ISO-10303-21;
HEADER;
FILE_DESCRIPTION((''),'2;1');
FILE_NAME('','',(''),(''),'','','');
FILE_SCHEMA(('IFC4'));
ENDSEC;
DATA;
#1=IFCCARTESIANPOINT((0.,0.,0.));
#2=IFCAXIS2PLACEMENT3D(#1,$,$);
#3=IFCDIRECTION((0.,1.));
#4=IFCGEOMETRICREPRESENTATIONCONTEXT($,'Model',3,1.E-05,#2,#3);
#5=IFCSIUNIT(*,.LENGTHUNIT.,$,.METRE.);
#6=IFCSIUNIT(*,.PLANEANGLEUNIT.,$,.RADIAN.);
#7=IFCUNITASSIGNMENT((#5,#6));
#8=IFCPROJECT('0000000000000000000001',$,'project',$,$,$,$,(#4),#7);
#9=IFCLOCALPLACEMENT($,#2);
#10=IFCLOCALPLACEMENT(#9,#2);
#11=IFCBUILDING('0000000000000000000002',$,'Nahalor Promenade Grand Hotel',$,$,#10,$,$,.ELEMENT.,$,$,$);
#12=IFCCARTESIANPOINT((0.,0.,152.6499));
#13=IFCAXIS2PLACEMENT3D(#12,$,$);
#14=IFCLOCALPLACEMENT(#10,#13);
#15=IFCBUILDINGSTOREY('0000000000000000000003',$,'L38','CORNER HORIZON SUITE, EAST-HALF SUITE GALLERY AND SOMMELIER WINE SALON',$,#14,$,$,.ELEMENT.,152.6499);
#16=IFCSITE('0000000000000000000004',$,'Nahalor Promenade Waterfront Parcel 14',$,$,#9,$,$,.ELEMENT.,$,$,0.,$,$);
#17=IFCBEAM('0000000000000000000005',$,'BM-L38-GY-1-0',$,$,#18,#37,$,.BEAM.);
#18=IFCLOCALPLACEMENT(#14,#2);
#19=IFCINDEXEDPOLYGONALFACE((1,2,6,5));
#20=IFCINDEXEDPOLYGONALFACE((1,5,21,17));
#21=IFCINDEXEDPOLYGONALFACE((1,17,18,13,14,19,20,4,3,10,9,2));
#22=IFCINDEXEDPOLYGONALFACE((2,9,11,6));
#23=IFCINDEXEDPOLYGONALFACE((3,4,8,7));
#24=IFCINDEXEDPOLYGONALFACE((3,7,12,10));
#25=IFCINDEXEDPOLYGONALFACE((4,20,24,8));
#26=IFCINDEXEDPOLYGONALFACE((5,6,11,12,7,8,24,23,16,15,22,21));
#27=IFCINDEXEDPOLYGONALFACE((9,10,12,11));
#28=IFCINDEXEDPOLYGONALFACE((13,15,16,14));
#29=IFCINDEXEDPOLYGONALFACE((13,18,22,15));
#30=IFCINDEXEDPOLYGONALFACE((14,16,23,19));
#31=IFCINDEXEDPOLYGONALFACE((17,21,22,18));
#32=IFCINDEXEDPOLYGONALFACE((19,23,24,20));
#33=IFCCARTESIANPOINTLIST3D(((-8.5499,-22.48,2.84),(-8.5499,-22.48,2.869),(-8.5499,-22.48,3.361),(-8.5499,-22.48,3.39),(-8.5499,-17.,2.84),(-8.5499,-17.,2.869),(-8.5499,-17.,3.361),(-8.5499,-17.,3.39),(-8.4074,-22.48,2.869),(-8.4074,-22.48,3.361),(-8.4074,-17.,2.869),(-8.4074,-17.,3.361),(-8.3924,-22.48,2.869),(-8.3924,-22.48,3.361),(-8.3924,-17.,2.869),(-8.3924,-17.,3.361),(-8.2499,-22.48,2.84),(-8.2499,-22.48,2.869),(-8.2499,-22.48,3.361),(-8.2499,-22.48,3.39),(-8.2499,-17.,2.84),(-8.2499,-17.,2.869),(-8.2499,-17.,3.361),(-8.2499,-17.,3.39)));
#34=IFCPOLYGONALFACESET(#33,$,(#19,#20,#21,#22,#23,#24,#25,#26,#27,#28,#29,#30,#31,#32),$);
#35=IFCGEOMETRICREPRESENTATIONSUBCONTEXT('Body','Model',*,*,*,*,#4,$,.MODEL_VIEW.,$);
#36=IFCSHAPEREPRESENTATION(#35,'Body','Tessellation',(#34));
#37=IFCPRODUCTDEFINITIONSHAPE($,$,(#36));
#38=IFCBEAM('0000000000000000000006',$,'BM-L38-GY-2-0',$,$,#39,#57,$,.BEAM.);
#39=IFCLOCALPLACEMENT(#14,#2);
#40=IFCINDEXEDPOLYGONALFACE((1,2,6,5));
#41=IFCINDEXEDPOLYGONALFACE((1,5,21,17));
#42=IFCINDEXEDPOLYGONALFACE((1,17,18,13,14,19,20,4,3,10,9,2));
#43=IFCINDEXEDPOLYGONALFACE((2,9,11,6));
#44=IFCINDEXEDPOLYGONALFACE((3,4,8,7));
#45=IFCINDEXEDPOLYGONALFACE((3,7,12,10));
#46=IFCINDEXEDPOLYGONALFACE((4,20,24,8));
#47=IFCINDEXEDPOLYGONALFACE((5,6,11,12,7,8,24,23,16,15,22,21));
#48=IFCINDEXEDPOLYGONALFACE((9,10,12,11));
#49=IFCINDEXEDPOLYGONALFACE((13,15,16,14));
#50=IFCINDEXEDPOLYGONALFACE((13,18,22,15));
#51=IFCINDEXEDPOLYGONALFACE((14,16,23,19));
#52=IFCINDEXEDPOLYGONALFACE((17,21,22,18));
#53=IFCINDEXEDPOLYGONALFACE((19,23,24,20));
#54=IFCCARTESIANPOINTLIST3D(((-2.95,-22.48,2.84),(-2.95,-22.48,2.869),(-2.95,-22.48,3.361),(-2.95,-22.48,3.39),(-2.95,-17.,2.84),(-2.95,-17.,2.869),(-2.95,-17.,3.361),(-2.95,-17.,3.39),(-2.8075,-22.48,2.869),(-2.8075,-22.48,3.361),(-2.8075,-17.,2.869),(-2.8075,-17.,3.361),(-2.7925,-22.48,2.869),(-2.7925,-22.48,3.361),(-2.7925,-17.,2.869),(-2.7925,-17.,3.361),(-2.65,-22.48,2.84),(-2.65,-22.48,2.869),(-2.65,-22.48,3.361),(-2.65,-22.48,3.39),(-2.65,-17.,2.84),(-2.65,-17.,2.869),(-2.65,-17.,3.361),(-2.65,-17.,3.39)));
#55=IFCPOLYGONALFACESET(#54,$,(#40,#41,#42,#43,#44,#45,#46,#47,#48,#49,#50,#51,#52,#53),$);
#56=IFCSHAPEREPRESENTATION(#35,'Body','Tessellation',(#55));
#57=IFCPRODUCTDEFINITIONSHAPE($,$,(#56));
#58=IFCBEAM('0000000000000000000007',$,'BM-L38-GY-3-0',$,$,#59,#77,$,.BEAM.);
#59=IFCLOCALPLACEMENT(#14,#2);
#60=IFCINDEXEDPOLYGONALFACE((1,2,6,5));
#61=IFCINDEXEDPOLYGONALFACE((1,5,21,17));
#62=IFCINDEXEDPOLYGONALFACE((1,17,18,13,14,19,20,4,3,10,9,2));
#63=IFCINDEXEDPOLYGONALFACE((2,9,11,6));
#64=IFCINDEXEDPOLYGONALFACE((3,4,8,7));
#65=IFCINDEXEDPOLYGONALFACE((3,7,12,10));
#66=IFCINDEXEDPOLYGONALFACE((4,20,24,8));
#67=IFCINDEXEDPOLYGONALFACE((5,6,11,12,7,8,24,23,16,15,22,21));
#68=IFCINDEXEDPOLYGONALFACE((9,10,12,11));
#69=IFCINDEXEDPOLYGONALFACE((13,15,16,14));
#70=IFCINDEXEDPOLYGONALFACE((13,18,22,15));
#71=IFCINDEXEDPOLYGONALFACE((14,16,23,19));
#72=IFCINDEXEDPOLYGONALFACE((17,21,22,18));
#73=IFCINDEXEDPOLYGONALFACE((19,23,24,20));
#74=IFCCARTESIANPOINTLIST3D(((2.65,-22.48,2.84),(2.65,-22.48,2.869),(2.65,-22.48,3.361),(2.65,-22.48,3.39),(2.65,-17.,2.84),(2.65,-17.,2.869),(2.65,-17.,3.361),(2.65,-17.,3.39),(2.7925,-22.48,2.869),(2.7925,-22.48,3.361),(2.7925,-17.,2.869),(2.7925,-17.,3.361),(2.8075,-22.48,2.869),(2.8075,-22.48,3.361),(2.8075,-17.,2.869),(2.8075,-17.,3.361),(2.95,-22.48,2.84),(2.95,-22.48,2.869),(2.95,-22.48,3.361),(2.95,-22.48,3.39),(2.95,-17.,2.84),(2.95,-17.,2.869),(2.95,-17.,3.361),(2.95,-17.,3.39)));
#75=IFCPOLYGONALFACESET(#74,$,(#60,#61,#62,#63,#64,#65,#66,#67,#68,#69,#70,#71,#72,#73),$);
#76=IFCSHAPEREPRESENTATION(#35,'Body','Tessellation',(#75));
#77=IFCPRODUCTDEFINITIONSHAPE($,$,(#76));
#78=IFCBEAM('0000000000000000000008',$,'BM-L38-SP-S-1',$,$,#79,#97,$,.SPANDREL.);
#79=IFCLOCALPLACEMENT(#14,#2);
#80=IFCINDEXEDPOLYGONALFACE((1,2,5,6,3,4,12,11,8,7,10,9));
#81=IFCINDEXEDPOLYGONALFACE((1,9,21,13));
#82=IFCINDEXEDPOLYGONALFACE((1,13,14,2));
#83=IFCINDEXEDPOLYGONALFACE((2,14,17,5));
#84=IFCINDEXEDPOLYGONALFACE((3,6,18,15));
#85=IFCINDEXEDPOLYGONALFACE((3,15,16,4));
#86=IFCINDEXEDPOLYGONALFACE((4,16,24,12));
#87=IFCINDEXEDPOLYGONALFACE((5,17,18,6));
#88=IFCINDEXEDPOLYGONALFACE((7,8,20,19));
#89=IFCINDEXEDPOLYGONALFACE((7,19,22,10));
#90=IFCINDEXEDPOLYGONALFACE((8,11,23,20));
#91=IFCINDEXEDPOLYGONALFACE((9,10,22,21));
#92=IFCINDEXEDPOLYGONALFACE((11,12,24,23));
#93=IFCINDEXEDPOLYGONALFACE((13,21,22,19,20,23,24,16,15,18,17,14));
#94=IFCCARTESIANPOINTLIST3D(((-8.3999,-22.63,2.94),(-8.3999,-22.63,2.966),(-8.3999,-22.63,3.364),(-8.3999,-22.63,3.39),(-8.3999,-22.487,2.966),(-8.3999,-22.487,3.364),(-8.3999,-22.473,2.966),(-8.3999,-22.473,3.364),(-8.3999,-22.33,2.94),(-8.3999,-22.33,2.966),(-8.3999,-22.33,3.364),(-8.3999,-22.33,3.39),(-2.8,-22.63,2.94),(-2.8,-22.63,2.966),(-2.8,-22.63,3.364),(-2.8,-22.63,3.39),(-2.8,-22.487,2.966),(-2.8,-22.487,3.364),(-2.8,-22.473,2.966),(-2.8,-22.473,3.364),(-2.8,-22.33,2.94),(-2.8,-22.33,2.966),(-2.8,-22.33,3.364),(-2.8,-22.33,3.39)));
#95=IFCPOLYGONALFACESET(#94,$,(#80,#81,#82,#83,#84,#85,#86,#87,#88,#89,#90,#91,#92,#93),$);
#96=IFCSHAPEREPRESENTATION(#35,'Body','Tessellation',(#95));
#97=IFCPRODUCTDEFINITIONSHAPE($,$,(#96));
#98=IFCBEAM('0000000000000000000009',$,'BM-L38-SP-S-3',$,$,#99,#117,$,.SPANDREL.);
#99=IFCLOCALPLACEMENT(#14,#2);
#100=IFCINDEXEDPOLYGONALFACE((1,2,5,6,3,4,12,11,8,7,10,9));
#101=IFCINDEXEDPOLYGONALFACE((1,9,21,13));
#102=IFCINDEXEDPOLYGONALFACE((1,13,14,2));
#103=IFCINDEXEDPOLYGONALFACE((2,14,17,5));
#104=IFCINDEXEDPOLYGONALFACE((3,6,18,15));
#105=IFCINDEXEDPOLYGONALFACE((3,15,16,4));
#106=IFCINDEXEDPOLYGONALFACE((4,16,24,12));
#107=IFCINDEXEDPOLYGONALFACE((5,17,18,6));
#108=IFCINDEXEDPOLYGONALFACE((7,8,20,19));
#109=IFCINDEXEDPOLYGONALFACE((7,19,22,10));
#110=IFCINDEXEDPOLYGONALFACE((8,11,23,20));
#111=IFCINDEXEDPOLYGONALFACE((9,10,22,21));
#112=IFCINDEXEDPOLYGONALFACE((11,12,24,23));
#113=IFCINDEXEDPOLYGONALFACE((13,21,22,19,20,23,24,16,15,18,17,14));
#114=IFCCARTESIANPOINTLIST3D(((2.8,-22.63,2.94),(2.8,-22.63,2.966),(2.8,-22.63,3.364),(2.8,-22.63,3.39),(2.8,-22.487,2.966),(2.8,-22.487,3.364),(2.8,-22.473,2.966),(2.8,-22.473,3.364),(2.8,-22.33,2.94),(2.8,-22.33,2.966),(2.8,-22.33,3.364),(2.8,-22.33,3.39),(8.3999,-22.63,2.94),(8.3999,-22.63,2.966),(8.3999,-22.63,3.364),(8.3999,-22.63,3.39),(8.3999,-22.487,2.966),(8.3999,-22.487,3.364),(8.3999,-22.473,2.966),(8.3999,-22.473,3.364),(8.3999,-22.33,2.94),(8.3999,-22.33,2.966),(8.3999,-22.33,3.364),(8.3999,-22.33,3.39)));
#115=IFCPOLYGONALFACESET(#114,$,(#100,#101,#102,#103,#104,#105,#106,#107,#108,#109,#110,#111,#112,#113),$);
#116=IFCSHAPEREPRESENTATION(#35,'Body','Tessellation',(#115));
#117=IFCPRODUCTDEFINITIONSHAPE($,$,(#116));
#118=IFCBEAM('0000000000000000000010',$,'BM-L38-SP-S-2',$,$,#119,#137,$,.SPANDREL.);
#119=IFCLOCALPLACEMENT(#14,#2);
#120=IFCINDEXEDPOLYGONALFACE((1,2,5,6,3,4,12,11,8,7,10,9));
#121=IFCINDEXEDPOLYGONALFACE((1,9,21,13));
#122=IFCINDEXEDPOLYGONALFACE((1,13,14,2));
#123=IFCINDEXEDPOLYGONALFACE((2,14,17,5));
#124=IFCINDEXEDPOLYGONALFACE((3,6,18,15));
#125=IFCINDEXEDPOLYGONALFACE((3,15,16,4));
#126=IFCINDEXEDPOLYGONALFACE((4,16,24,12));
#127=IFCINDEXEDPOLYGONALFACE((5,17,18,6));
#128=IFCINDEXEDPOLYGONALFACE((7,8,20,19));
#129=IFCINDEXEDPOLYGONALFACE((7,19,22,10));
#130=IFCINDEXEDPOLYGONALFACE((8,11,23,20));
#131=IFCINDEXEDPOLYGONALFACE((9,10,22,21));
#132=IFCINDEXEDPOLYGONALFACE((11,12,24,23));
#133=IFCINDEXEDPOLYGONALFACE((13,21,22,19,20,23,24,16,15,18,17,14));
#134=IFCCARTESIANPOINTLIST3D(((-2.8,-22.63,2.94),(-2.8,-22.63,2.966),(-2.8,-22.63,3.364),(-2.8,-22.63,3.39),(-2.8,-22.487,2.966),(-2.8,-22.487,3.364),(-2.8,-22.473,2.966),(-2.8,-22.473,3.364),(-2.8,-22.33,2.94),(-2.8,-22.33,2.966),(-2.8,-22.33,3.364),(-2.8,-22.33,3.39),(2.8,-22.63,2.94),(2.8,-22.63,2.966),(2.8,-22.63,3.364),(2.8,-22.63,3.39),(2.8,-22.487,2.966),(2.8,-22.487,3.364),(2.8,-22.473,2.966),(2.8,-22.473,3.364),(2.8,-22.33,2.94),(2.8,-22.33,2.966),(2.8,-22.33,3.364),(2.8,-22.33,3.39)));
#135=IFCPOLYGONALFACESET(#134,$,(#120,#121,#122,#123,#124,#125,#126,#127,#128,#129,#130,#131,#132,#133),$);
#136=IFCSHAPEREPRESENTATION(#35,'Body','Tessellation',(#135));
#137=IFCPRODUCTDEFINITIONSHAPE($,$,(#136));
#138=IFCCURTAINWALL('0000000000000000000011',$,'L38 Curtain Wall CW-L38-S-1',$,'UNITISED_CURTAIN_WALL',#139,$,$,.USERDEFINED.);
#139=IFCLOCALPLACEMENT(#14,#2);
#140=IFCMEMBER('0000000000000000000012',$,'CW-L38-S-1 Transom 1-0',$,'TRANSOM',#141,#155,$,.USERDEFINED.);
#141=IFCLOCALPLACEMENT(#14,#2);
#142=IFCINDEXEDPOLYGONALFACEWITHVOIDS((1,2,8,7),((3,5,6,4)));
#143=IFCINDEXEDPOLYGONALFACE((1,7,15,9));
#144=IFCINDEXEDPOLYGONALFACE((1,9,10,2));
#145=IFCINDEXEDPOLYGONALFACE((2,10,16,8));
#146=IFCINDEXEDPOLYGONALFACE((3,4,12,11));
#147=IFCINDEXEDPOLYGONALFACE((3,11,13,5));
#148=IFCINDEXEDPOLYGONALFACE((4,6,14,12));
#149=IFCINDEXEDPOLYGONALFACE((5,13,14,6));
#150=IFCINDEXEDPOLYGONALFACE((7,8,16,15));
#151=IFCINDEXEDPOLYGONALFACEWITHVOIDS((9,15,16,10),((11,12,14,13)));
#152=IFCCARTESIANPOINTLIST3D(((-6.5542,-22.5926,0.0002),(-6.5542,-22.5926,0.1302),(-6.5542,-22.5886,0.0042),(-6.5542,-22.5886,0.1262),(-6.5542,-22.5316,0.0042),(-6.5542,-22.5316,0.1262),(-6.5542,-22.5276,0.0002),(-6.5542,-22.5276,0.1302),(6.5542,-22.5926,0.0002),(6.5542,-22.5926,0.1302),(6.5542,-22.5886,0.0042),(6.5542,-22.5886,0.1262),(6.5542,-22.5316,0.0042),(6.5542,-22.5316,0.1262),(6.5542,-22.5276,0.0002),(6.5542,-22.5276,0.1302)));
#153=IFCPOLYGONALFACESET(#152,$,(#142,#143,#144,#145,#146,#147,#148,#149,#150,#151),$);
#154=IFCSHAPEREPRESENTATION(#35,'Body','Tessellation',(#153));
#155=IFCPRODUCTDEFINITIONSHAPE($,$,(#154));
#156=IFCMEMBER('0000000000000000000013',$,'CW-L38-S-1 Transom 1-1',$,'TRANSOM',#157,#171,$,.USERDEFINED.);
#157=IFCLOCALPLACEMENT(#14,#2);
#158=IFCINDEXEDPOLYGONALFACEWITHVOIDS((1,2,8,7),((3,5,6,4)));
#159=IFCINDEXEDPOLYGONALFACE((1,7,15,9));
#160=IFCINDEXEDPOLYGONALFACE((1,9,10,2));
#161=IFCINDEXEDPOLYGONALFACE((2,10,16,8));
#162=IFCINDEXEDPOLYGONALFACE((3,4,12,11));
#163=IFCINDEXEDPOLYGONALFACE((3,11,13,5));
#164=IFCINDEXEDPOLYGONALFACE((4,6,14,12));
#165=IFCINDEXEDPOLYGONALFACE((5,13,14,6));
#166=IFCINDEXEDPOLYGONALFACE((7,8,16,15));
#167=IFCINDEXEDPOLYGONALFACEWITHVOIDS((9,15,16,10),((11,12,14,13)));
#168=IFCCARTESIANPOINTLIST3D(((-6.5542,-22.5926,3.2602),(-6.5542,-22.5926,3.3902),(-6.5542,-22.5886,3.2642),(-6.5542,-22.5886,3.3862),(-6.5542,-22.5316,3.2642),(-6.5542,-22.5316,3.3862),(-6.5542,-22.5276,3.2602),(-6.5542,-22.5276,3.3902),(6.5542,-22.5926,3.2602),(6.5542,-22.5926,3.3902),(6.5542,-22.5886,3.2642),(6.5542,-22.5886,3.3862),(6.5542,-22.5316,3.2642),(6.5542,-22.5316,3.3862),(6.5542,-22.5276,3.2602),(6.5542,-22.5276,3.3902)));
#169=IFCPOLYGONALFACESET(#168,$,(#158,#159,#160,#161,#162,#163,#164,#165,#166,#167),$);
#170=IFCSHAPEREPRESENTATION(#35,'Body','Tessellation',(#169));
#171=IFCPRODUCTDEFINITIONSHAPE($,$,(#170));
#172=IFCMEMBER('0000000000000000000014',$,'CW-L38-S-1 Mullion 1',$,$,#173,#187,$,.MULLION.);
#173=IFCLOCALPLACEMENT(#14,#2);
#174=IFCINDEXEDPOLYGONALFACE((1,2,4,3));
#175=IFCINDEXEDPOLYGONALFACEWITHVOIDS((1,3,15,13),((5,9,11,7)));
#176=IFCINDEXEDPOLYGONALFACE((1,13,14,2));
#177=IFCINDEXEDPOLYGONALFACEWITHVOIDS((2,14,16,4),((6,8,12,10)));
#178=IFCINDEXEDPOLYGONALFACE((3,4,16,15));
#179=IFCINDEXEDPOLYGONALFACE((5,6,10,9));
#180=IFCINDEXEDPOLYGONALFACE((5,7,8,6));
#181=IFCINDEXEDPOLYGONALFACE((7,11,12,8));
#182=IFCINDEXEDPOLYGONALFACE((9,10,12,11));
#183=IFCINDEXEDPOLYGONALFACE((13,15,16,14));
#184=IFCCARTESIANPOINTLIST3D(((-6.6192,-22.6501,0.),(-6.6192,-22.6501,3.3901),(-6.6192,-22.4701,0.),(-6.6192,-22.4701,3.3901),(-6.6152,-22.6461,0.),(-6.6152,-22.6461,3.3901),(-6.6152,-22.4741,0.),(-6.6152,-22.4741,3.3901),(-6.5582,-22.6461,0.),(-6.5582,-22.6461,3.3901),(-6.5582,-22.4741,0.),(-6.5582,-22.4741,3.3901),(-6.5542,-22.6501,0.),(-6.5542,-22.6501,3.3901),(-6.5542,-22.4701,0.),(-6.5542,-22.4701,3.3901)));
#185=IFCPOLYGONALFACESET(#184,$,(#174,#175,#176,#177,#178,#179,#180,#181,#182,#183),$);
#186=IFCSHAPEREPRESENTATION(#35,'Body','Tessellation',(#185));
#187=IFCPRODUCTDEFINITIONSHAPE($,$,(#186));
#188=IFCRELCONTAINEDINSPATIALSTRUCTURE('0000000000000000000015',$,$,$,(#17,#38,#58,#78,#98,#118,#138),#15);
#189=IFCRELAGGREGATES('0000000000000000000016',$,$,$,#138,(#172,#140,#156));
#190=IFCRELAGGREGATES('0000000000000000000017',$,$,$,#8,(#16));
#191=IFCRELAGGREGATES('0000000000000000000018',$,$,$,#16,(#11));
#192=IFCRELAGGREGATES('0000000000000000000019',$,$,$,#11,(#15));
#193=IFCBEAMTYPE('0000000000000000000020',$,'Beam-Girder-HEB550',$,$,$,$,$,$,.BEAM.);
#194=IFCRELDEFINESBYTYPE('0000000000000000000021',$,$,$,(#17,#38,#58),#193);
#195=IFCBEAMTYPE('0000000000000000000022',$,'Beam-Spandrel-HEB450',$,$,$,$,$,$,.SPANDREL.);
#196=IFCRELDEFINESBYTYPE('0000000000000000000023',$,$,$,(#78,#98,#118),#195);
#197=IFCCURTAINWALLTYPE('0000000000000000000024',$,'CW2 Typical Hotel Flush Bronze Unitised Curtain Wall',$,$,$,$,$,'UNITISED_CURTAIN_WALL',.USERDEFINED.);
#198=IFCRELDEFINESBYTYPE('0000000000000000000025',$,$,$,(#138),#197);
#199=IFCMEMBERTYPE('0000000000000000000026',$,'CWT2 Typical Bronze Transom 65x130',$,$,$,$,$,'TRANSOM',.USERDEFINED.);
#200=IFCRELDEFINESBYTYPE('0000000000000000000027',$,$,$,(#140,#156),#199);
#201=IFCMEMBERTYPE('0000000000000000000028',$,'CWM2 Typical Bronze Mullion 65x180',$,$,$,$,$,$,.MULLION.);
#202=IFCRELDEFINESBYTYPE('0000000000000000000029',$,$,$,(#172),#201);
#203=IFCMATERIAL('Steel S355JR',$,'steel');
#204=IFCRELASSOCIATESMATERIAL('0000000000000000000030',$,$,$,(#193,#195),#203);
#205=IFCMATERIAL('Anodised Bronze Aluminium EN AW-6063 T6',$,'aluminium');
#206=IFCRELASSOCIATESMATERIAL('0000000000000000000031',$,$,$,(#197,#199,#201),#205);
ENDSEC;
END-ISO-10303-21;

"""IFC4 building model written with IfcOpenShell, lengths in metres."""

from ifc_helpers import new_model, si_unit, direction, frame, origin, origin_2d, place, context, subcontext, project, spatial, hollow_rectangle, i_section, extrude, source, transform, mapped, material, material_profile, profile_set, type_object, element, aggregate, save


model = new_model("IFC4")

# Units and contexts
model_context = context("Model", 3, precision=1e-05, world=origin(), true_north=direction((0.0, 1.0)))
body_context = subcontext(model_context, "Body", "Model", "MODEL_VIEW")
ifc_project = project(units=[si_unit("LENGTHUNIT", "METRE"), si_unit("PLANEANGLEUNIT", "RADIAN")], contexts=[model_context])

# Site, building, storey
site_placement = place(None, origin())
site = spatial("IfcSite", under=ifc_project, at=site_placement, Name="Nahalor Promenade Waterfront Parcel 14", CompositionType="ELEMENT", RefElevation=0.0)
building_placement = place(site_placement, origin())
building = spatial("IfcBuilding", under=site, at=building_placement, Name="Nahalor Promenade Grand Hotel", CompositionType="ELEMENT")
storey_placement = place(building_placement, frame((0.0, 0.0, 152.6499)))
storey = spatial("IfcBuildingStorey", under=building, at=storey_placement, Name="L38", Description="CORNER HORIZON SUITE, EAST-HALF SUITE GALLERY AND SOMMELIER WINE SALON", CompositionType="ELEMENT", Elevation=152.6499)

# Beams
ifc_material_1 = material(Name="Steel S355JR", Category="steel")
ifc_material_profile_1 = material_profile(ifc_material_1, i_section(OverallWidth=0.3, OverallDepth=0.55, WebThickness=0.015, FlangeThickness=0.029, at=origin_2d()), Name="HEB 550")
ifc_profile_set_1 = profile_set([ifc_material_profile_1], Name="Steel S355JR")
beam_type_1 = type_object("IfcBeamType", Name="Beam-Girder-HEB550", PredefinedType="BEAM", material=ifc_profile_set_1)
shared_shape_1 = source(origin(), body_context, "Body", "SweptSolid", [
    extrude(i_section(OverallWidth=0.3, OverallDepth=0.55, WebThickness=0.015, FlangeThickness=0.029, at=origin_2d()), origin(), (0.0, 0.0, 1.0), 5.48),
])
for number, where, z_axis, x_axis, name in (
    (1, (-8.3999, -22.48, 3.115), (0.0, 1.0, 0.0), (-1.0, 0.0, 0.0), "BM-L38-GY-1-0"),
    (2, (-2.8, -22.48, 3.115), (0.0, 1.0, 0.0), (-1.0, 0.0, 0.0), "BM-L38-GY-2-0"),
    (3, (2.8, -22.48, 3.115), (0.0, 1.0, 0.0), (-1.0, 0.0, 0.0), "BM-L38-GY-3-0"),
):
    element("IfcBeam", number, at=place(storey_placement, frame(where, z_axis=z_axis, x_axis=x_axis)), inside=storey, type_object=beam_type_1, Name=name, PredefinedType="BEAM", context=body_context, shape_type="MappedRepresentation", body=[
        mapped(shared_shape_1, transform((0.0, 0.0, 0.0), scale=1.0)),
    ])
ifc_material_profile_2 = material_profile(ifc_material_1, i_section(OverallWidth=0.3, OverallDepth=0.45, WebThickness=0.014, FlangeThickness=0.026, at=origin_2d()), Name="HEB 450")
ifc_profile_set_2 = profile_set([ifc_material_profile_2], Name="Steel S355JR")
beam_type_2 = type_object("IfcBeamType", Name="Beam-Spandrel-HEB450", PredefinedType="SPANDREL", material=ifc_profile_set_2)
shared_shape_2 = source(origin(), body_context, "Body", "SweptSolid", [
    extrude(i_section(OverallWidth=0.3, OverallDepth=0.45, WebThickness=0.014, FlangeThickness=0.026, at=origin_2d()), origin(), (0.0, 0.0, 1.0), 5.5999),
])
for number, where, z_axis, x_axis, name in (
    (4, (-8.3999, -22.48, 3.165), (1.0, 0.0, 0.0), (0.0, 1.0, 0.0), "BM-L38-SP-S-1"),
    (5, (2.8, -22.48, 3.165), (1.0, 0.0, 0.0), (0.0, 1.0, 0.0), "BM-L38-SP-S-3"),
):
    element("IfcBeam", number, at=place(storey_placement, frame(where, z_axis=z_axis, x_axis=x_axis)), inside=storey, type_object=beam_type_2, Name=name, PredefinedType="SPANDREL", context=body_context, shape_type="MappedRepresentation", body=[
        mapped(shared_shape_2, transform((0.0, 0.0, 0.0), scale=1.0)),
    ])
shared_shape_3 = source(origin(), body_context, "Body", "SweptSolid", [
    extrude(i_section(OverallWidth=0.3, OverallDepth=0.45, WebThickness=0.014, FlangeThickness=0.026, at=origin_2d()), origin(), (0.0, 0.0, 1.0), 5.6001),
])
beam_1_placement = place(storey_placement, frame((-2.8, -22.48, 3.165), z_axis=(1.0, 0.0, 0.0), x_axis=(0.0, 1.0, 0.0)))
element("IfcBeam", 6, at=beam_1_placement, inside=storey, type_object=beam_type_2, Name="BM-L38-SP-S-2", PredefinedType="SPANDREL", context=body_context, shape_type="MappedRepresentation", body=[
    mapped(shared_shape_3, transform((0.0, 0.0, 0.0), scale=1.0)),
])

# Curtain wall, members
ifc_material_2 = material(Name="Anodised Bronze Aluminium EN AW-6063 T6", Category="aluminium")
curtain_wall_type = type_object("IfcCurtainWallType", Name="CW2 Typical Hotel Flush Bronze Unitised Curtain Wall", ElementType="UNITISED_CURTAIN_WALL", PredefinedType="USERDEFINED", material=ifc_material_2)
curtain_wall_placement = place(storey_placement, origin())
curtain_wall = element("IfcCurtainWall", 7, at=curtain_wall_placement, inside=storey, type_object=curtain_wall_type, Name="L38 Curtain Wall CW-L38-S-1", ObjectType="UNITISED_CURTAIN_WALL", PredefinedType="USERDEFINED")
ifc_material_profile_3 = material_profile(ifc_material_2, hollow_rectangle(XDim=0.065, YDim=0.13, WallThickness=0.004, at=origin_2d()), Name="CWT 65x130x4")
ifc_profile_set_3 = profile_set([ifc_material_profile_3], Name="Anodised Bronze Aluminium EN AW-6063 T6")
member_type_1 = type_object("IfcMemberType", Name="CWT2 Typical Bronze Transom 65x130", ElementType="TRANSOM", PredefinedType="USERDEFINED", material=ifc_profile_set_3)
shared_shape_4 = source(origin(), body_context, "Body", "SweptSolid", [
    extrude(hollow_rectangle(XDim=0.065, YDim=0.13, WallThickness=0.004, at=origin_2d()), origin(), (0.0, 0.0, 1.0), 13.1084),
])
member_1_placement = place(storey_placement, frame((-6.5542, -22.5601, 0.0652), z_axis=(1.0, 0.0, 0.0), x_axis=(0.0, 1.0, 0.0)))
member_1 = element("IfcMember", 8, at=member_1_placement, type_object=member_type_1, Name="CW-L38-S-1 Transom 1-0", ObjectType="TRANSOM", PredefinedType="USERDEFINED", context=body_context, shape_type="MappedRepresentation", body=[
    mapped(shared_shape_4, transform((0.0, 0.0, 0.0), scale=1.0)),
])
member_2_placement = place(storey_placement, frame((-6.5542, -22.5601, 3.3252), z_axis=(1.0, 0.0, 0.0), x_axis=(0.0, 1.0, 0.0)))
member_2 = element("IfcMember", 9, at=member_2_placement, type_object=member_type_1, Name="CW-L38-S-1 Transom 1-1", ObjectType="TRANSOM", PredefinedType="USERDEFINED", context=body_context, shape_type="MappedRepresentation", body=[
    mapped(shared_shape_4, transform((0.0, 0.0, 0.0), scale=1.0)),
])
ifc_material_profile_4 = material_profile(ifc_material_2, hollow_rectangle(XDim=0.065, YDim=0.18, WallThickness=0.004, at=origin_2d()), Name="CWM 65x180x4")
ifc_profile_set_4 = profile_set([ifc_material_profile_4], Name="Anodised Bronze Aluminium EN AW-6063 T6")
member_type_2 = type_object("IfcMemberType", Name="CWM2 Typical Bronze Mullion 65x180", PredefinedType="MULLION", material=ifc_profile_set_4)
shared_shape_5 = source(origin(), body_context, "Body", "SweptSolid", [
    extrude(hollow_rectangle(XDim=0.065, YDim=0.18, WallThickness=0.004, at=origin_2d()), origin(), (0.0, 0.0, 1.0), 3.3901),
])
member_3_placement = place(storey_placement, frame((-6.5867, -22.5601, 0.0), z_axis=(0.0, 0.0, 1.0), x_axis=(1.0, 0.0, 0.0)))
member_3 = element("IfcMember", 10, at=member_3_placement, type_object=member_type_2, Name="CW-L38-S-1 Mullion 1", PredefinedType="MULLION", context=body_context, shape_type="MappedRepresentation", body=[
    mapped(shared_shape_5, transform((0.0, 0.0, 0.0), scale=1.0)),
])
aggregate(curtain_wall, [member_3, member_1, member_2])

save(model, "model.ifc")
